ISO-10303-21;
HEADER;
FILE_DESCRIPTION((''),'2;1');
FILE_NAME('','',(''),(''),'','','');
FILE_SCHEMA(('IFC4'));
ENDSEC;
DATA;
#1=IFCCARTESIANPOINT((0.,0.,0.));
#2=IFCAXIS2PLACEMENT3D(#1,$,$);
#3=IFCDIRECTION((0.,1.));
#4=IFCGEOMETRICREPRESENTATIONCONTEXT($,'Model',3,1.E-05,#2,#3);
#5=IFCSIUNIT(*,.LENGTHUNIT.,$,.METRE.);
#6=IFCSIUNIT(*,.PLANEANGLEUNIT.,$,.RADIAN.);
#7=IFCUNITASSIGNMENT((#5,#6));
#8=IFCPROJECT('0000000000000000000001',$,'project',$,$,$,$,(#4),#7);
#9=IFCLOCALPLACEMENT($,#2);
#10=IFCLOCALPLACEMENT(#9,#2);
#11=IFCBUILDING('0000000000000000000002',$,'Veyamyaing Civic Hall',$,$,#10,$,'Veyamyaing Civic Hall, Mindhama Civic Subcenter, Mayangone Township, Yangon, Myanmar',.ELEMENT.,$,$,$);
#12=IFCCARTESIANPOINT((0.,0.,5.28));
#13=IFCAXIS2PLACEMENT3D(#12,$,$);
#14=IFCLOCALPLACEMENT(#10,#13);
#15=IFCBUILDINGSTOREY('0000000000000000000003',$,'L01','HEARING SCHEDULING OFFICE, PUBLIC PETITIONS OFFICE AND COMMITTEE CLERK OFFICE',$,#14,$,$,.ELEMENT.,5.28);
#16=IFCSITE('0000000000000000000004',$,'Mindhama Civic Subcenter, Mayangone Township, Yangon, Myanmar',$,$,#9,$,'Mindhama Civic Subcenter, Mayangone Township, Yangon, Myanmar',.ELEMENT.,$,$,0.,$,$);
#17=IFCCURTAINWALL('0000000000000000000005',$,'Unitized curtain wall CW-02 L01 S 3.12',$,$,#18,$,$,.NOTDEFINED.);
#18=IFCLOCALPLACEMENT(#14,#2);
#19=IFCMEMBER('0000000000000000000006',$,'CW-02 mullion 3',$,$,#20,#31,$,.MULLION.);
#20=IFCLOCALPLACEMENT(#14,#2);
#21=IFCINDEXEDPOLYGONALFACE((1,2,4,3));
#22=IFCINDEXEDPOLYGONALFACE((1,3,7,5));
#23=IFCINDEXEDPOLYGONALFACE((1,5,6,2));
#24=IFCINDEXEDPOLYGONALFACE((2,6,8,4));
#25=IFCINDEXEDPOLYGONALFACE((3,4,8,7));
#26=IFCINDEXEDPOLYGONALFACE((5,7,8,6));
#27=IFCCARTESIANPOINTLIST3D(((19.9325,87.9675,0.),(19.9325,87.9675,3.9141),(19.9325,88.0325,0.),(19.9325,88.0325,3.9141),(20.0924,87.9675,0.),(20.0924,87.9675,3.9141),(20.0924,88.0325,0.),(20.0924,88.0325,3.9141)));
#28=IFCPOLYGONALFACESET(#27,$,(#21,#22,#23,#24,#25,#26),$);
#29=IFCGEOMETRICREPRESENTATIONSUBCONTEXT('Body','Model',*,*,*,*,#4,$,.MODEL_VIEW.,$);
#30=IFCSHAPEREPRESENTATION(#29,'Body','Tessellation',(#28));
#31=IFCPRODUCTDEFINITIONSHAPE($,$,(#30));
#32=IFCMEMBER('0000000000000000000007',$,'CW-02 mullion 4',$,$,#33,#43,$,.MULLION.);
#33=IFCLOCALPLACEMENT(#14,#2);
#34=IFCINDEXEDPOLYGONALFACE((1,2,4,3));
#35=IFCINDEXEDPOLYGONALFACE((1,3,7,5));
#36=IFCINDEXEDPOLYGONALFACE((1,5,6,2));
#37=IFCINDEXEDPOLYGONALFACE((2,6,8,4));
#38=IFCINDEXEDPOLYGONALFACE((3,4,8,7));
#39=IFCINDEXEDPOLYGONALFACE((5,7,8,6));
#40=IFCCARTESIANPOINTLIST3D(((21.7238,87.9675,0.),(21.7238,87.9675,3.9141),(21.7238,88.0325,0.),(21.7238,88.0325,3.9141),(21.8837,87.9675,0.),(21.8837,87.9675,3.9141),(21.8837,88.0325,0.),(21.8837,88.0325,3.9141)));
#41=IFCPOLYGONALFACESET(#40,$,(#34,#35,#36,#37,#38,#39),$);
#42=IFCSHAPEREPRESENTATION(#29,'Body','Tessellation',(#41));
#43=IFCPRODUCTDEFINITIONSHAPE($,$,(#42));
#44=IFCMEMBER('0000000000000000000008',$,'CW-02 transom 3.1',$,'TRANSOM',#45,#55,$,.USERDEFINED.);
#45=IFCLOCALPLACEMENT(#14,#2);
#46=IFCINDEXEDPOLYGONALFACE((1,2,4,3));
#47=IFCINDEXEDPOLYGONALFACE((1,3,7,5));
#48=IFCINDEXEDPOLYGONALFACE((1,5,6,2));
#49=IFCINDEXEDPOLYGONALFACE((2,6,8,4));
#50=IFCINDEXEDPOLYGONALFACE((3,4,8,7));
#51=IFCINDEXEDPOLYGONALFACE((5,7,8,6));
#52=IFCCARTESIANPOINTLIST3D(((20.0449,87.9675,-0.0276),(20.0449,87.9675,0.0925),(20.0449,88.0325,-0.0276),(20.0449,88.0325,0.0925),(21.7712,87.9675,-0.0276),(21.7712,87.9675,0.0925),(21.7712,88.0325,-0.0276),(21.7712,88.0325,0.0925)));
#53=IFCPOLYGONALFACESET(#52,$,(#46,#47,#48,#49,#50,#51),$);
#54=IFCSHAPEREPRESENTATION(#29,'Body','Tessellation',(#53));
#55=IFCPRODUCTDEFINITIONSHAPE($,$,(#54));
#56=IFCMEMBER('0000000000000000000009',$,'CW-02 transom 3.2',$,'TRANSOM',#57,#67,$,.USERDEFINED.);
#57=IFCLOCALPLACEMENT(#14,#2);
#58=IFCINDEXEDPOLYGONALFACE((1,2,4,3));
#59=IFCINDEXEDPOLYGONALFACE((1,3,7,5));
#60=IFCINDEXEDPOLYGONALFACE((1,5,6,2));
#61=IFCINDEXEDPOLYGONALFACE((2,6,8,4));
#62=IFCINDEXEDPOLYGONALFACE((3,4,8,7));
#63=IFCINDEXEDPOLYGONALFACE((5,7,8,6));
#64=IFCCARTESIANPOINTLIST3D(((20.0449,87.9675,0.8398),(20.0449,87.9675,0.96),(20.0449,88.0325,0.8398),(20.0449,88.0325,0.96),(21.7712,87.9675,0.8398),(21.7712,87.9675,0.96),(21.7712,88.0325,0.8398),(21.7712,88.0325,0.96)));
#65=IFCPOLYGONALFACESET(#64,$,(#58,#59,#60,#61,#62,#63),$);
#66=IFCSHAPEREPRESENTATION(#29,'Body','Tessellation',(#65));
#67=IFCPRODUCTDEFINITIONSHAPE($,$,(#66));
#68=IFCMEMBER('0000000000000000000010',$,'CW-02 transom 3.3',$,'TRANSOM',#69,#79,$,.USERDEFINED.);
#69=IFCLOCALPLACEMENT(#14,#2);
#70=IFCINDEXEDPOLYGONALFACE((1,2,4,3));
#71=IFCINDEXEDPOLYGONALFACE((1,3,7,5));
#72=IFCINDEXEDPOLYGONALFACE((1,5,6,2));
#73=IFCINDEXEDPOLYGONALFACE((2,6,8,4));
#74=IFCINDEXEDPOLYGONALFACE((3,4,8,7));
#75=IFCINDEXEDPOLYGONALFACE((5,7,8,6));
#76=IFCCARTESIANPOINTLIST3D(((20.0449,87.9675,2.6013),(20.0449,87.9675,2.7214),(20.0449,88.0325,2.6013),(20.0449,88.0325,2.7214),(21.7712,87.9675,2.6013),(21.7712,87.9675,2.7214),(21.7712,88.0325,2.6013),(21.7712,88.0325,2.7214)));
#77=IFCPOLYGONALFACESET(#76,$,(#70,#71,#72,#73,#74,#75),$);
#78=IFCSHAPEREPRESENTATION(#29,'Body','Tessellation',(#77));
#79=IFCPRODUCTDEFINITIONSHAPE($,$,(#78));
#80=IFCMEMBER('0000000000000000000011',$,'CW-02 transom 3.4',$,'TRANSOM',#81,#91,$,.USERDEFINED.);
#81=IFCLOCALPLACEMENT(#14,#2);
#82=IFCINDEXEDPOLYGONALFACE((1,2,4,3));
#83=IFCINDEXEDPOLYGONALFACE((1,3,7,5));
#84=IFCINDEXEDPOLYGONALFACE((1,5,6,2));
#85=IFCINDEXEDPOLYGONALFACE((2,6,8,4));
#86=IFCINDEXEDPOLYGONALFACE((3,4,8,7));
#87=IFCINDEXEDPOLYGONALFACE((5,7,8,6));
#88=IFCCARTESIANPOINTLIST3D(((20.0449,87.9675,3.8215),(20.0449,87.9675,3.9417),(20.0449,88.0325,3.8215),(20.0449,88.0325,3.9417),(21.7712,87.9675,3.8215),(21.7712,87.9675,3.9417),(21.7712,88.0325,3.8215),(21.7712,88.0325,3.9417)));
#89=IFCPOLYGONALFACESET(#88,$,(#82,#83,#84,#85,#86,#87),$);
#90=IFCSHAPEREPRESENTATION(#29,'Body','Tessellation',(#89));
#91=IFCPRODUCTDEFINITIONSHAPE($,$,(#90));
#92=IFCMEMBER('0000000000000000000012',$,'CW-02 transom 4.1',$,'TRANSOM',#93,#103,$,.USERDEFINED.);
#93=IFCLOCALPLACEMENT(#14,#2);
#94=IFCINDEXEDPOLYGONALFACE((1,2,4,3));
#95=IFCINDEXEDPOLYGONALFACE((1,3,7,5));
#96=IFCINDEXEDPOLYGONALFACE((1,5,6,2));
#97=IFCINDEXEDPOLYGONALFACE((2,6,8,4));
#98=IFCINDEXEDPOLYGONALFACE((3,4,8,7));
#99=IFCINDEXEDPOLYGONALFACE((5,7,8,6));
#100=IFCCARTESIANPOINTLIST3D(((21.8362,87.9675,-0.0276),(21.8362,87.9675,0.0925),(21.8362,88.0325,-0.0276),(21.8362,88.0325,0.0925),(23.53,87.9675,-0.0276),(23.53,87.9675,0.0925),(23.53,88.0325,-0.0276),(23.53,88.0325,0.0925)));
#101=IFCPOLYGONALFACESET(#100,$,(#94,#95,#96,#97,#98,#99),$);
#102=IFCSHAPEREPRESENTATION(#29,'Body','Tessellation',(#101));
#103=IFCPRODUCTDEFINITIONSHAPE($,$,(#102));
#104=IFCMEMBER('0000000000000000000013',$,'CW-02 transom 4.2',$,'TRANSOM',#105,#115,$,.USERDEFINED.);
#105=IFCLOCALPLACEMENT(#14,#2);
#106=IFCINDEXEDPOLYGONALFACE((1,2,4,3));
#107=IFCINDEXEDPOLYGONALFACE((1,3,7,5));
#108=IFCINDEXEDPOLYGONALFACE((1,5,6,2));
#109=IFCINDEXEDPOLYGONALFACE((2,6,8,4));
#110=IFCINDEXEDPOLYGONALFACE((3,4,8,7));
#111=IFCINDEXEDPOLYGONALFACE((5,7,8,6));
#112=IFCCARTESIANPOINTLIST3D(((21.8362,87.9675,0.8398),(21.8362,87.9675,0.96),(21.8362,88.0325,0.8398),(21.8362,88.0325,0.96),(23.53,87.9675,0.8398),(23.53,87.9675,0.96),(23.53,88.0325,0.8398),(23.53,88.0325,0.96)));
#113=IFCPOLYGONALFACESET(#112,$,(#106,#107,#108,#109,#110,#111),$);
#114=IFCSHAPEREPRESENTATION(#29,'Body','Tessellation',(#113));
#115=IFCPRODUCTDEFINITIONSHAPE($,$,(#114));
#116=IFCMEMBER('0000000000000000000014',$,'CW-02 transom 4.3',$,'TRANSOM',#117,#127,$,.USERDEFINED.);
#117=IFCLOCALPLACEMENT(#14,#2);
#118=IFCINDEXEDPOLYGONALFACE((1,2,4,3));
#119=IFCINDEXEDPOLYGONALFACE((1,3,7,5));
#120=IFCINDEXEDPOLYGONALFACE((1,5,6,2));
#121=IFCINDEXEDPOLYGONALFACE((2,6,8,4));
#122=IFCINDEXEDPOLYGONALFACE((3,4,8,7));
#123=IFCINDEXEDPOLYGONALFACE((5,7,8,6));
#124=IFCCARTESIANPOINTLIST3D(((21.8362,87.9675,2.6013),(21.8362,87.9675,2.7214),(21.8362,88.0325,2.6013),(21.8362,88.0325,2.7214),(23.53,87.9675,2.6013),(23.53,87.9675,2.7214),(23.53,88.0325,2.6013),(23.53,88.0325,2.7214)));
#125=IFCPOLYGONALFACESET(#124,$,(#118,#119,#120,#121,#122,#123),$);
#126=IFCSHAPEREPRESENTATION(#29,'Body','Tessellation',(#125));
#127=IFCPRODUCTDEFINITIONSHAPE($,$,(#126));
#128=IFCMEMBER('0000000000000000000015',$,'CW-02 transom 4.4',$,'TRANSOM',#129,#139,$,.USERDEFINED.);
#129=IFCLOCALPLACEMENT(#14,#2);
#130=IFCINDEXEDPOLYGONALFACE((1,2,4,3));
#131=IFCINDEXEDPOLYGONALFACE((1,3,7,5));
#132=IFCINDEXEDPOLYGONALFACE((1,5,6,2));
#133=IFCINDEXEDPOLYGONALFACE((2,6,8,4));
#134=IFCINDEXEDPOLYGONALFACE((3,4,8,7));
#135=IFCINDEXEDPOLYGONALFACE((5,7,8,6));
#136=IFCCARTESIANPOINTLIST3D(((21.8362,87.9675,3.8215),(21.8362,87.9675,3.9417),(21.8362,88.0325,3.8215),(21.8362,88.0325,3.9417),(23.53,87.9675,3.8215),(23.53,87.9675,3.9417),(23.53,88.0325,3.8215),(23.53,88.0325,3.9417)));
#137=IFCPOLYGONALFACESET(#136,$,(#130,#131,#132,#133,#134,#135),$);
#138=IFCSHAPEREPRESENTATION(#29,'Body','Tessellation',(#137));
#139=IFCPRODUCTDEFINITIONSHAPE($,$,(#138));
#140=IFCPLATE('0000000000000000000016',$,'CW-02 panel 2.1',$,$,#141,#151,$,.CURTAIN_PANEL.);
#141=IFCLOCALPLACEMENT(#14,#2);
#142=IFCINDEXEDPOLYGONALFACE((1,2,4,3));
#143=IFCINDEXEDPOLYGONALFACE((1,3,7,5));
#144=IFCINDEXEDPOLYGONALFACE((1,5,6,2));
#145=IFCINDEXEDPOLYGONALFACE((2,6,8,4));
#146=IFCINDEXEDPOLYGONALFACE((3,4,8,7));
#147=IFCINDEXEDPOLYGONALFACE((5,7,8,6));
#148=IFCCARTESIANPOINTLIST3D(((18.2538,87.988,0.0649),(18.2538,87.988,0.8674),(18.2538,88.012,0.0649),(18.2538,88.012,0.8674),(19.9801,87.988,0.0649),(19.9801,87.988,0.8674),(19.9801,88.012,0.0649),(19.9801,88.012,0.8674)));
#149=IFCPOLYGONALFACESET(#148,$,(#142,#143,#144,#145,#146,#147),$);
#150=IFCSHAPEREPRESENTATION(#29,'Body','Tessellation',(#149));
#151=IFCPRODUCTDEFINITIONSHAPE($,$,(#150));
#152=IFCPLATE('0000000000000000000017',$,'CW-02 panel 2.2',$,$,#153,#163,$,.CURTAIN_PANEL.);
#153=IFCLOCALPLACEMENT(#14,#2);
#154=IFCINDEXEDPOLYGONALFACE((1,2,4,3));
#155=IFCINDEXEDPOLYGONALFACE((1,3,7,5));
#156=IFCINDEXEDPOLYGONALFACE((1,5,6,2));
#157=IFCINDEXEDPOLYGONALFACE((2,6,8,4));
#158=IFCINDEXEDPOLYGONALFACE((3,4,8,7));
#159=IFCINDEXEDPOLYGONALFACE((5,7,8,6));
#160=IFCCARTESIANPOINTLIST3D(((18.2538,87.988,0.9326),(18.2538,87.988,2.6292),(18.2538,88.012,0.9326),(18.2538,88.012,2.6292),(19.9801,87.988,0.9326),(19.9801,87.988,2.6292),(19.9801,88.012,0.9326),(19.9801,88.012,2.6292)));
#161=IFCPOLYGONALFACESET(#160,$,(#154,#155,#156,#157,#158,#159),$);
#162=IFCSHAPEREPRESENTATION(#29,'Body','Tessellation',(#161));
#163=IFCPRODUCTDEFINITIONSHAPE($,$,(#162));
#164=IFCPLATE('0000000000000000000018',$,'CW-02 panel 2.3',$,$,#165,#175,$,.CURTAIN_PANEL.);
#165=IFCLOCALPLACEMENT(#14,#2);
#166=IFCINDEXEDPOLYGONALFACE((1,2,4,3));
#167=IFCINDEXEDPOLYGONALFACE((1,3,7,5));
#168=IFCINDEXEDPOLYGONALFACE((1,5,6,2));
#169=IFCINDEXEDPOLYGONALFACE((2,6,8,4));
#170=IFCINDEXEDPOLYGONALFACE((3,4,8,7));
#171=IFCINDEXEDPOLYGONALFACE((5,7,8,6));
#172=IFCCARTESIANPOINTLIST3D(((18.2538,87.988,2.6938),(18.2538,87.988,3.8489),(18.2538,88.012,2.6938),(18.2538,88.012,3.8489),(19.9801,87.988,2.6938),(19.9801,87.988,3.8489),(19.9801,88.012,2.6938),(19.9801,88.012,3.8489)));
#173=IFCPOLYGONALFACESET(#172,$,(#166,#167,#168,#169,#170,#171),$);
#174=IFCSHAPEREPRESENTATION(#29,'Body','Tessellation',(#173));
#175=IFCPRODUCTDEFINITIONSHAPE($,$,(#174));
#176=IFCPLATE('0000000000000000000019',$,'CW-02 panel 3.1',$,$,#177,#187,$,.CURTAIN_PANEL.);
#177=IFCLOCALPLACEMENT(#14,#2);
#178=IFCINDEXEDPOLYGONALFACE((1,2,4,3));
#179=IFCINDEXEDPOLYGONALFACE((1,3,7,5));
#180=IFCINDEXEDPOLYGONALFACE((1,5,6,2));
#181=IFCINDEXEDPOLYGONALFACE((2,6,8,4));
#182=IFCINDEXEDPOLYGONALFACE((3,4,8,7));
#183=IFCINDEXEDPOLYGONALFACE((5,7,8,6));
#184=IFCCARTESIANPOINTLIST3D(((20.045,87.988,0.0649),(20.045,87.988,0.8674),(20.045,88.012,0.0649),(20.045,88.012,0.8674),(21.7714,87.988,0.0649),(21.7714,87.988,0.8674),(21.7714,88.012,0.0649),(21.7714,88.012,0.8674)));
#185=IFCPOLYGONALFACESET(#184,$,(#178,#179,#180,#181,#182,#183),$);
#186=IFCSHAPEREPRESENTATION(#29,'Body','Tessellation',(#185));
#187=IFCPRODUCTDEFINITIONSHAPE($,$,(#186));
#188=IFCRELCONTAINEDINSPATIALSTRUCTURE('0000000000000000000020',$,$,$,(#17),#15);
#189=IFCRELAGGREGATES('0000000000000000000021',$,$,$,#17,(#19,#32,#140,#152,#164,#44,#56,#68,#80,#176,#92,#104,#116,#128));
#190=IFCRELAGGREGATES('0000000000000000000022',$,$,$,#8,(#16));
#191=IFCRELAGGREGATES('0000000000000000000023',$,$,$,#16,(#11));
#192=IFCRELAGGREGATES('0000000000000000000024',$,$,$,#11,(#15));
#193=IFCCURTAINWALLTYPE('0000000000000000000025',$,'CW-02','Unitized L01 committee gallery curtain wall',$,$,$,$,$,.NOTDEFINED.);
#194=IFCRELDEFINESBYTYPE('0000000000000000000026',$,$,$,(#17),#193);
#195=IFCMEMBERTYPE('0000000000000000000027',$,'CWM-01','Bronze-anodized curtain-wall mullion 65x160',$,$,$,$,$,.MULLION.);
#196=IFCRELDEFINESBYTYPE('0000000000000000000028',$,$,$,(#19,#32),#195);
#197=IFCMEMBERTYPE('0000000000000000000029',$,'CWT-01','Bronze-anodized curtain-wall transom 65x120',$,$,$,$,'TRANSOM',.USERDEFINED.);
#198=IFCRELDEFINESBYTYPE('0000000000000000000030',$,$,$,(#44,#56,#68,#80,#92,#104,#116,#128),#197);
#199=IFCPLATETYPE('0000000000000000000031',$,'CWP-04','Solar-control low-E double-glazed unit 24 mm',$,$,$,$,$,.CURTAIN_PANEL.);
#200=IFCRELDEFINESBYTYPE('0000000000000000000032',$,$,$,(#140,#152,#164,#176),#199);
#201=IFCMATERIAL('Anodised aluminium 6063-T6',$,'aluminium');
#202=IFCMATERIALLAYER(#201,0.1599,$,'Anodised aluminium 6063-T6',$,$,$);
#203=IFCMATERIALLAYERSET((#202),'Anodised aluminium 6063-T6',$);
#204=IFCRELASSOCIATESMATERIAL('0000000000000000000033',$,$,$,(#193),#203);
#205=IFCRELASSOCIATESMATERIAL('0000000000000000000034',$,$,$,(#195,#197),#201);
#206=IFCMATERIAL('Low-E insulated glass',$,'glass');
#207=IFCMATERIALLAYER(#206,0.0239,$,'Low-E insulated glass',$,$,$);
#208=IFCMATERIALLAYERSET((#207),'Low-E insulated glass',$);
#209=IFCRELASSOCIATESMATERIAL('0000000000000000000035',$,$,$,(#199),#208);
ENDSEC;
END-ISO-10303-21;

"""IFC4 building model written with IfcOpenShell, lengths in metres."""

from ifc_helpers import new_model, si_unit, direction, frame, origin, origin_2d, place, context, subcontext, project, spatial, rectangle, extrude, material, layer, layer_set, material_profile, profile_set, type_object, element, aggregate, save


model = new_model("IFC4")

# Units and contexts
model_context = context("Model", 3, precision=1e-05, world=origin(), true_north=direction((0.0, 1.0)))
body_context = subcontext(model_context, "Body", "Model", "MODEL_VIEW")
ifc_project = project(units=[si_unit("LENGTHUNIT", "METRE"), si_unit("PLANEANGLEUNIT", "RADIAN")], contexts=[model_context])

# Site, building, storey
site_placement = place(None, origin())
site = spatial("IfcSite", under=ifc_project, at=site_placement, Name="Mindhama Civic Subcenter, Mayangone Township, Yangon, Myanmar", LongName="Mindhama Civic Subcenter, Mayangone Township, Yangon, Myanmar", CompositionType="ELEMENT", RefElevation=0.0)
building_placement = place(site_placement, origin())
building = spatial("IfcBuilding", under=site, at=building_placement, Name="Veyamyaing Civic Hall", LongName="Veyamyaing Civic Hall, Mindhama Civic Subcenter, Mayangone Township, Yangon, Myanmar", CompositionType="ELEMENT")
storey_placement = place(building_placement, frame((0.0, 0.0, 5.28)))
storey = spatial("IfcBuildingStorey", under=building, at=storey_placement, Name="L01", Description="HEARING SCHEDULING OFFICE, PUBLIC PETITIONS OFFICE AND COMMITTEE CLERK OFFICE", CompositionType="ELEMENT", Elevation=5.28)

# Curtain wall, members, plates
ifc_material_1 = material(Name="Anodised aluminium 6063-T6", Category="aluminium")
ifc_layer_1 = layer(ifc_material_1, 0.1599, Name="Anodised aluminium 6063-T6")
ifc_layer_set_1 = layer_set([ifc_layer_1], Name="Anodised aluminium 6063-T6")
curtain_wall_type = type_object("IfcCurtainWallType", Name="CW-02", Description="Unitized L01 committee gallery curtain wall", PredefinedType="NOTDEFINED", material=ifc_layer_set_1)
curtain_wall_placement = place(storey_placement, origin())
curtain_wall = element("IfcCurtainWall", 1, at=curtain_wall_placement, inside=storey, type_object=curtain_wall_type, Name="Unitized curtain wall CW-02 L01 S 3.12", PredefinedType="NOTDEFINED")
ifc_material_profile_1 = material_profile(ifc_material_1, rectangle(XDim=0.0649, YDim=0.1599, at=origin_2d()), Name="ALU-MUL-65X160")
ifc_profile_set_1 = profile_set([ifc_material_profile_1], Name="Anodised aluminium 6063-T6")
member_type_1 = type_object("IfcMemberType", Name="CWM-01", Description="Bronze-anodized curtain-wall mullion 65x160", PredefinedType="MULLION", material=ifc_profile_set_1)
member_1_placement = place(storey_placement, frame((20.0125, 88.0, 0.0), z_axis=(0.0, 0.0, 1.0), x_axis=(0.0, 1.0, 0.0)))
member_1 = element("IfcMember", 2, at=member_1_placement, type_object=member_type_1, Name="CW-02 mullion 3", PredefinedType="MULLION", context=body_context, shape_type="SweptSolid", body=[
    extrude(rectangle(XDim=0.0649, YDim=0.1599, at=origin_2d()), origin(), (0.0, 0.0, 1.0), 3.9141),
])
member_2_placement = place(storey_placement, frame((21.8037, 88.0, 0.0), z_axis=(0.0, 0.0, 1.0), x_axis=(0.0, 1.0, 0.0)))
member_2 = element("IfcMember", 3, at=member_2_placement, type_object=member_type_1, Name="CW-02 mullion 4", PredefinedType="MULLION", context=body_context, shape_type="SweptSolid", body=[
    extrude(rectangle(XDim=0.0649, YDim=0.1599, at=origin_2d()), origin(), (0.0, 0.0, 1.0), 3.9141),
])
ifc_material_profile_2 = material_profile(ifc_material_1, rectangle(XDim=0.0649, YDim=0.1201, at=origin_2d()), Name="ALU-TRN-65X120")
ifc_profile_set_2 = profile_set([ifc_material_profile_2], Name="Anodised aluminium 6063-T6")
member_type_2 = type_object("IfcMemberType", Name="CWT-01", Description="Bronze-anodized curtain-wall transom 65x120", ElementType="TRANSOM", PredefinedType="USERDEFINED", material=ifc_profile_set_2)
member_3_placement = place(storey_placement, frame((20.0449, 88.0, 0.0325), z_axis=(1.0, 0.0, 0.0), x_axis=(0.0, 1.0, 0.0)))
member_3 = element("IfcMember", 4, at=member_3_placement, type_object=member_type_2, Name="CW-02 transom 3.1", ObjectType="TRANSOM", PredefinedType="USERDEFINED", context=body_context, shape_type="SweptSolid", body=[
    extrude(rectangle(XDim=0.0649, YDim=0.1201, at=origin_2d()), origin(), (0.0, 0.0, 1.0), 1.7263),
])
member_4_placement = place(storey_placement, frame((20.0449, 88.0, 0.8999), z_axis=(1.0, 0.0, 0.0), x_axis=(0.0, 1.0, 0.0)))
member_4 = element("IfcMember", 5, at=member_4_placement, type_object=member_type_2, Name="CW-02 transom 3.2", ObjectType="TRANSOM", PredefinedType="USERDEFINED", context=body_context, shape_type="SweptSolid", body=[
    extrude(rectangle(XDim=0.0649, YDim=0.1201, at=origin_2d()), origin(), (0.0, 0.0, 1.0), 1.7263),
])
member_5_placement = place(storey_placement, frame((20.0449, 88.0, 2.6614), z_axis=(1.0, 0.0, 0.0), x_axis=(0.0, 1.0, 0.0)))
member_5 = element("IfcMember", 6, at=member_5_placement, type_object=member_type_2, Name="CW-02 transom 3.3", ObjectType="TRANSOM", PredefinedType="USERDEFINED", context=body_context, shape_type="SweptSolid", body=[
    extrude(rectangle(XDim=0.0649, YDim=0.1201, at=origin_2d()), origin(), (0.0, 0.0, 1.0), 1.7263),
])
member_6_placement = place(storey_placement, frame((20.0449, 88.0, 3.8816), z_axis=(1.0, 0.0, 0.0), x_axis=(0.0, 1.0, 0.0)))
member_6 = element("IfcMember", 7, at=member_6_placement, type_object=member_type_2, Name="CW-02 transom 3.4", ObjectType="TRANSOM", PredefinedType="USERDEFINED", context=body_context, shape_type="SweptSolid", body=[
    extrude(rectangle(XDim=0.0649, YDim=0.1201, at=origin_2d()), origin(), (0.0, 0.0, 1.0), 1.7263),
])
member_7_placement = place(storey_placement, frame((21.8362, 88.0, 0.0325), z_axis=(1.0, 0.0, 0.0), x_axis=(0.0, 1.0, 0.0)))
member_7 = element("IfcMember", 8, at=member_7_placement, type_object=member_type_2, Name="CW-02 transom 4.1", ObjectType="TRANSOM", PredefinedType="USERDEFINED", context=body_context, shape_type="SweptSolid", body=[
    extrude(rectangle(XDim=0.0649, YDim=0.1201, at=origin_2d()), origin(), (0.0, 0.0, 1.0), 1.6938),
])
member_8_placement = place(storey_placement, frame((21.8362, 88.0, 0.8999), z_axis=(1.0, 0.0, 0.0), x_axis=(0.0, 1.0, 0.0)))
member_8 = element("IfcMember", 9, at=member_8_placement, type_object=member_type_2, Name="CW-02 transom 4.2", ObjectType="TRANSOM", PredefinedType="USERDEFINED", context=body_context, shape_type="SweptSolid", body=[
    extrude(rectangle(XDim=0.0649, YDim=0.1201, at=origin_2d()), origin(), (0.0, 0.0, 1.0), 1.6938),
])
member_9_placement = place(storey_placement, frame((21.8362, 88.0, 2.6614), z_axis=(1.0, 0.0, 0.0), x_axis=(0.0, 1.0, 0.0)))
member_9 = element("IfcMember", 10, at=member_9_placement, type_object=member_type_2, Name="CW-02 transom 4.3", ObjectType="TRANSOM", PredefinedType="USERDEFINED", context=body_context, shape_type="SweptSolid", body=[
    extrude(rectangle(XDim=0.0649, YDim=0.1201, at=origin_2d()), origin(), (0.0, 0.0, 1.0), 1.6938),
])
member_10_placement = place(storey_placement, frame((21.8362, 88.0, 3.8816), z_axis=(1.0, 0.0, 0.0), x_axis=(0.0, 1.0, 0.0)))
member_10 = element("IfcMember", 11, at=member_10_placement, type_object=member_type_2, Name="CW-02 transom 4.4", ObjectType="TRANSOM", PredefinedType="USERDEFINED", context=body_context, shape_type="SweptSolid", body=[
    extrude(rectangle(XDim=0.0649, YDim=0.1201, at=origin_2d()), origin(), (0.0, 0.0, 1.0), 1.6938),
])
ifc_material_2 = material(Name="Low-E insulated glass", Category="glass")
ifc_layer_2 = layer(ifc_material_2, 0.0239, Name="Low-E insulated glass")
ifc_layer_set_2 = layer_set([ifc_layer_2], Name="Low-E insulated glass")
plate_type = type_object("IfcPlateType", Name="CWP-04", Description="Solar-control low-E double-glazed unit 24 mm", PredefinedType="CURTAIN_PANEL", material=ifc_layer_set_2)
plate_1_placement = place(storey_placement, frame((19.1169, 88.0, 0.0649), z_axis=(0.0, 0.0, 1.0), x_axis=(1.0, 0.0, 0.0)))
plate_1 = element("IfcPlate", 12, at=plate_1_placement, type_object=plate_type, Name="CW-02 panel 2.1", PredefinedType="CURTAIN_PANEL", context=body_context, shape_type="SweptSolid", body=[
    extrude(rectangle(XDim=1.7263, YDim=0.0239, at=origin_2d()), origin(), (0.0, 0.0, 1.0), 0.8025),
])
plate_2_placement = place(storey_placement, frame((19.1169, 88.0, 0.9326), z_axis=(0.0, 0.0, 1.0), x_axis=(1.0, 0.0, 0.0)))
plate_2 = element("IfcPlate", 13, at=plate_2_placement, type_object=plate_type, Name="CW-02 panel 2.2", PredefinedType="CURTAIN_PANEL", context=body_context, shape_type="SweptSolid", body=[
    extrude(rectangle(XDim=1.7263, YDim=0.0239, at=origin_2d()), origin(), (0.0, 0.0, 1.0), 1.6965),
])
plate_3_placement = place(storey_placement, frame((19.1169, 88.0, 2.6938), z_axis=(0.0, 0.0, 1.0), x_axis=(1.0, 0.0, 0.0)))
plate_3 = element("IfcPlate", 14, at=plate_3_placement, type_object=plate_type, Name="CW-02 panel 2.3", PredefinedType="CURTAIN_PANEL", context=body_context, shape_type="SweptSolid", body=[
    extrude(rectangle(XDim=1.7263, YDim=0.0239, at=origin_2d()), origin(), (0.0, 0.0, 1.0), 1.155),
])
plate_4_placement = place(storey_placement, frame((20.9082, 88.0, 0.0649), z_axis=(0.0, 0.0, 1.0), x_axis=(1.0, 0.0, 0.0)))
plate_4 = element("IfcPlate", 15, at=plate_4_placement, type_object=plate_type, Name="CW-02 panel 3.1", PredefinedType="CURTAIN_PANEL", context=body_context, shape_type="SweptSolid", body=[
    extrude(rectangle(XDim=1.7263, YDim=0.0239, at=origin_2d()), origin(), (0.0, 0.0, 1.0), 0.8025),
])
aggregate(curtain_wall, [member_1, member_2, plate_1, plate_2, plate_3, member_3, member_4, member_5, member_6, plate_4, member_7, member_8, member_9, member_10])

save(model, "model.ifc")
